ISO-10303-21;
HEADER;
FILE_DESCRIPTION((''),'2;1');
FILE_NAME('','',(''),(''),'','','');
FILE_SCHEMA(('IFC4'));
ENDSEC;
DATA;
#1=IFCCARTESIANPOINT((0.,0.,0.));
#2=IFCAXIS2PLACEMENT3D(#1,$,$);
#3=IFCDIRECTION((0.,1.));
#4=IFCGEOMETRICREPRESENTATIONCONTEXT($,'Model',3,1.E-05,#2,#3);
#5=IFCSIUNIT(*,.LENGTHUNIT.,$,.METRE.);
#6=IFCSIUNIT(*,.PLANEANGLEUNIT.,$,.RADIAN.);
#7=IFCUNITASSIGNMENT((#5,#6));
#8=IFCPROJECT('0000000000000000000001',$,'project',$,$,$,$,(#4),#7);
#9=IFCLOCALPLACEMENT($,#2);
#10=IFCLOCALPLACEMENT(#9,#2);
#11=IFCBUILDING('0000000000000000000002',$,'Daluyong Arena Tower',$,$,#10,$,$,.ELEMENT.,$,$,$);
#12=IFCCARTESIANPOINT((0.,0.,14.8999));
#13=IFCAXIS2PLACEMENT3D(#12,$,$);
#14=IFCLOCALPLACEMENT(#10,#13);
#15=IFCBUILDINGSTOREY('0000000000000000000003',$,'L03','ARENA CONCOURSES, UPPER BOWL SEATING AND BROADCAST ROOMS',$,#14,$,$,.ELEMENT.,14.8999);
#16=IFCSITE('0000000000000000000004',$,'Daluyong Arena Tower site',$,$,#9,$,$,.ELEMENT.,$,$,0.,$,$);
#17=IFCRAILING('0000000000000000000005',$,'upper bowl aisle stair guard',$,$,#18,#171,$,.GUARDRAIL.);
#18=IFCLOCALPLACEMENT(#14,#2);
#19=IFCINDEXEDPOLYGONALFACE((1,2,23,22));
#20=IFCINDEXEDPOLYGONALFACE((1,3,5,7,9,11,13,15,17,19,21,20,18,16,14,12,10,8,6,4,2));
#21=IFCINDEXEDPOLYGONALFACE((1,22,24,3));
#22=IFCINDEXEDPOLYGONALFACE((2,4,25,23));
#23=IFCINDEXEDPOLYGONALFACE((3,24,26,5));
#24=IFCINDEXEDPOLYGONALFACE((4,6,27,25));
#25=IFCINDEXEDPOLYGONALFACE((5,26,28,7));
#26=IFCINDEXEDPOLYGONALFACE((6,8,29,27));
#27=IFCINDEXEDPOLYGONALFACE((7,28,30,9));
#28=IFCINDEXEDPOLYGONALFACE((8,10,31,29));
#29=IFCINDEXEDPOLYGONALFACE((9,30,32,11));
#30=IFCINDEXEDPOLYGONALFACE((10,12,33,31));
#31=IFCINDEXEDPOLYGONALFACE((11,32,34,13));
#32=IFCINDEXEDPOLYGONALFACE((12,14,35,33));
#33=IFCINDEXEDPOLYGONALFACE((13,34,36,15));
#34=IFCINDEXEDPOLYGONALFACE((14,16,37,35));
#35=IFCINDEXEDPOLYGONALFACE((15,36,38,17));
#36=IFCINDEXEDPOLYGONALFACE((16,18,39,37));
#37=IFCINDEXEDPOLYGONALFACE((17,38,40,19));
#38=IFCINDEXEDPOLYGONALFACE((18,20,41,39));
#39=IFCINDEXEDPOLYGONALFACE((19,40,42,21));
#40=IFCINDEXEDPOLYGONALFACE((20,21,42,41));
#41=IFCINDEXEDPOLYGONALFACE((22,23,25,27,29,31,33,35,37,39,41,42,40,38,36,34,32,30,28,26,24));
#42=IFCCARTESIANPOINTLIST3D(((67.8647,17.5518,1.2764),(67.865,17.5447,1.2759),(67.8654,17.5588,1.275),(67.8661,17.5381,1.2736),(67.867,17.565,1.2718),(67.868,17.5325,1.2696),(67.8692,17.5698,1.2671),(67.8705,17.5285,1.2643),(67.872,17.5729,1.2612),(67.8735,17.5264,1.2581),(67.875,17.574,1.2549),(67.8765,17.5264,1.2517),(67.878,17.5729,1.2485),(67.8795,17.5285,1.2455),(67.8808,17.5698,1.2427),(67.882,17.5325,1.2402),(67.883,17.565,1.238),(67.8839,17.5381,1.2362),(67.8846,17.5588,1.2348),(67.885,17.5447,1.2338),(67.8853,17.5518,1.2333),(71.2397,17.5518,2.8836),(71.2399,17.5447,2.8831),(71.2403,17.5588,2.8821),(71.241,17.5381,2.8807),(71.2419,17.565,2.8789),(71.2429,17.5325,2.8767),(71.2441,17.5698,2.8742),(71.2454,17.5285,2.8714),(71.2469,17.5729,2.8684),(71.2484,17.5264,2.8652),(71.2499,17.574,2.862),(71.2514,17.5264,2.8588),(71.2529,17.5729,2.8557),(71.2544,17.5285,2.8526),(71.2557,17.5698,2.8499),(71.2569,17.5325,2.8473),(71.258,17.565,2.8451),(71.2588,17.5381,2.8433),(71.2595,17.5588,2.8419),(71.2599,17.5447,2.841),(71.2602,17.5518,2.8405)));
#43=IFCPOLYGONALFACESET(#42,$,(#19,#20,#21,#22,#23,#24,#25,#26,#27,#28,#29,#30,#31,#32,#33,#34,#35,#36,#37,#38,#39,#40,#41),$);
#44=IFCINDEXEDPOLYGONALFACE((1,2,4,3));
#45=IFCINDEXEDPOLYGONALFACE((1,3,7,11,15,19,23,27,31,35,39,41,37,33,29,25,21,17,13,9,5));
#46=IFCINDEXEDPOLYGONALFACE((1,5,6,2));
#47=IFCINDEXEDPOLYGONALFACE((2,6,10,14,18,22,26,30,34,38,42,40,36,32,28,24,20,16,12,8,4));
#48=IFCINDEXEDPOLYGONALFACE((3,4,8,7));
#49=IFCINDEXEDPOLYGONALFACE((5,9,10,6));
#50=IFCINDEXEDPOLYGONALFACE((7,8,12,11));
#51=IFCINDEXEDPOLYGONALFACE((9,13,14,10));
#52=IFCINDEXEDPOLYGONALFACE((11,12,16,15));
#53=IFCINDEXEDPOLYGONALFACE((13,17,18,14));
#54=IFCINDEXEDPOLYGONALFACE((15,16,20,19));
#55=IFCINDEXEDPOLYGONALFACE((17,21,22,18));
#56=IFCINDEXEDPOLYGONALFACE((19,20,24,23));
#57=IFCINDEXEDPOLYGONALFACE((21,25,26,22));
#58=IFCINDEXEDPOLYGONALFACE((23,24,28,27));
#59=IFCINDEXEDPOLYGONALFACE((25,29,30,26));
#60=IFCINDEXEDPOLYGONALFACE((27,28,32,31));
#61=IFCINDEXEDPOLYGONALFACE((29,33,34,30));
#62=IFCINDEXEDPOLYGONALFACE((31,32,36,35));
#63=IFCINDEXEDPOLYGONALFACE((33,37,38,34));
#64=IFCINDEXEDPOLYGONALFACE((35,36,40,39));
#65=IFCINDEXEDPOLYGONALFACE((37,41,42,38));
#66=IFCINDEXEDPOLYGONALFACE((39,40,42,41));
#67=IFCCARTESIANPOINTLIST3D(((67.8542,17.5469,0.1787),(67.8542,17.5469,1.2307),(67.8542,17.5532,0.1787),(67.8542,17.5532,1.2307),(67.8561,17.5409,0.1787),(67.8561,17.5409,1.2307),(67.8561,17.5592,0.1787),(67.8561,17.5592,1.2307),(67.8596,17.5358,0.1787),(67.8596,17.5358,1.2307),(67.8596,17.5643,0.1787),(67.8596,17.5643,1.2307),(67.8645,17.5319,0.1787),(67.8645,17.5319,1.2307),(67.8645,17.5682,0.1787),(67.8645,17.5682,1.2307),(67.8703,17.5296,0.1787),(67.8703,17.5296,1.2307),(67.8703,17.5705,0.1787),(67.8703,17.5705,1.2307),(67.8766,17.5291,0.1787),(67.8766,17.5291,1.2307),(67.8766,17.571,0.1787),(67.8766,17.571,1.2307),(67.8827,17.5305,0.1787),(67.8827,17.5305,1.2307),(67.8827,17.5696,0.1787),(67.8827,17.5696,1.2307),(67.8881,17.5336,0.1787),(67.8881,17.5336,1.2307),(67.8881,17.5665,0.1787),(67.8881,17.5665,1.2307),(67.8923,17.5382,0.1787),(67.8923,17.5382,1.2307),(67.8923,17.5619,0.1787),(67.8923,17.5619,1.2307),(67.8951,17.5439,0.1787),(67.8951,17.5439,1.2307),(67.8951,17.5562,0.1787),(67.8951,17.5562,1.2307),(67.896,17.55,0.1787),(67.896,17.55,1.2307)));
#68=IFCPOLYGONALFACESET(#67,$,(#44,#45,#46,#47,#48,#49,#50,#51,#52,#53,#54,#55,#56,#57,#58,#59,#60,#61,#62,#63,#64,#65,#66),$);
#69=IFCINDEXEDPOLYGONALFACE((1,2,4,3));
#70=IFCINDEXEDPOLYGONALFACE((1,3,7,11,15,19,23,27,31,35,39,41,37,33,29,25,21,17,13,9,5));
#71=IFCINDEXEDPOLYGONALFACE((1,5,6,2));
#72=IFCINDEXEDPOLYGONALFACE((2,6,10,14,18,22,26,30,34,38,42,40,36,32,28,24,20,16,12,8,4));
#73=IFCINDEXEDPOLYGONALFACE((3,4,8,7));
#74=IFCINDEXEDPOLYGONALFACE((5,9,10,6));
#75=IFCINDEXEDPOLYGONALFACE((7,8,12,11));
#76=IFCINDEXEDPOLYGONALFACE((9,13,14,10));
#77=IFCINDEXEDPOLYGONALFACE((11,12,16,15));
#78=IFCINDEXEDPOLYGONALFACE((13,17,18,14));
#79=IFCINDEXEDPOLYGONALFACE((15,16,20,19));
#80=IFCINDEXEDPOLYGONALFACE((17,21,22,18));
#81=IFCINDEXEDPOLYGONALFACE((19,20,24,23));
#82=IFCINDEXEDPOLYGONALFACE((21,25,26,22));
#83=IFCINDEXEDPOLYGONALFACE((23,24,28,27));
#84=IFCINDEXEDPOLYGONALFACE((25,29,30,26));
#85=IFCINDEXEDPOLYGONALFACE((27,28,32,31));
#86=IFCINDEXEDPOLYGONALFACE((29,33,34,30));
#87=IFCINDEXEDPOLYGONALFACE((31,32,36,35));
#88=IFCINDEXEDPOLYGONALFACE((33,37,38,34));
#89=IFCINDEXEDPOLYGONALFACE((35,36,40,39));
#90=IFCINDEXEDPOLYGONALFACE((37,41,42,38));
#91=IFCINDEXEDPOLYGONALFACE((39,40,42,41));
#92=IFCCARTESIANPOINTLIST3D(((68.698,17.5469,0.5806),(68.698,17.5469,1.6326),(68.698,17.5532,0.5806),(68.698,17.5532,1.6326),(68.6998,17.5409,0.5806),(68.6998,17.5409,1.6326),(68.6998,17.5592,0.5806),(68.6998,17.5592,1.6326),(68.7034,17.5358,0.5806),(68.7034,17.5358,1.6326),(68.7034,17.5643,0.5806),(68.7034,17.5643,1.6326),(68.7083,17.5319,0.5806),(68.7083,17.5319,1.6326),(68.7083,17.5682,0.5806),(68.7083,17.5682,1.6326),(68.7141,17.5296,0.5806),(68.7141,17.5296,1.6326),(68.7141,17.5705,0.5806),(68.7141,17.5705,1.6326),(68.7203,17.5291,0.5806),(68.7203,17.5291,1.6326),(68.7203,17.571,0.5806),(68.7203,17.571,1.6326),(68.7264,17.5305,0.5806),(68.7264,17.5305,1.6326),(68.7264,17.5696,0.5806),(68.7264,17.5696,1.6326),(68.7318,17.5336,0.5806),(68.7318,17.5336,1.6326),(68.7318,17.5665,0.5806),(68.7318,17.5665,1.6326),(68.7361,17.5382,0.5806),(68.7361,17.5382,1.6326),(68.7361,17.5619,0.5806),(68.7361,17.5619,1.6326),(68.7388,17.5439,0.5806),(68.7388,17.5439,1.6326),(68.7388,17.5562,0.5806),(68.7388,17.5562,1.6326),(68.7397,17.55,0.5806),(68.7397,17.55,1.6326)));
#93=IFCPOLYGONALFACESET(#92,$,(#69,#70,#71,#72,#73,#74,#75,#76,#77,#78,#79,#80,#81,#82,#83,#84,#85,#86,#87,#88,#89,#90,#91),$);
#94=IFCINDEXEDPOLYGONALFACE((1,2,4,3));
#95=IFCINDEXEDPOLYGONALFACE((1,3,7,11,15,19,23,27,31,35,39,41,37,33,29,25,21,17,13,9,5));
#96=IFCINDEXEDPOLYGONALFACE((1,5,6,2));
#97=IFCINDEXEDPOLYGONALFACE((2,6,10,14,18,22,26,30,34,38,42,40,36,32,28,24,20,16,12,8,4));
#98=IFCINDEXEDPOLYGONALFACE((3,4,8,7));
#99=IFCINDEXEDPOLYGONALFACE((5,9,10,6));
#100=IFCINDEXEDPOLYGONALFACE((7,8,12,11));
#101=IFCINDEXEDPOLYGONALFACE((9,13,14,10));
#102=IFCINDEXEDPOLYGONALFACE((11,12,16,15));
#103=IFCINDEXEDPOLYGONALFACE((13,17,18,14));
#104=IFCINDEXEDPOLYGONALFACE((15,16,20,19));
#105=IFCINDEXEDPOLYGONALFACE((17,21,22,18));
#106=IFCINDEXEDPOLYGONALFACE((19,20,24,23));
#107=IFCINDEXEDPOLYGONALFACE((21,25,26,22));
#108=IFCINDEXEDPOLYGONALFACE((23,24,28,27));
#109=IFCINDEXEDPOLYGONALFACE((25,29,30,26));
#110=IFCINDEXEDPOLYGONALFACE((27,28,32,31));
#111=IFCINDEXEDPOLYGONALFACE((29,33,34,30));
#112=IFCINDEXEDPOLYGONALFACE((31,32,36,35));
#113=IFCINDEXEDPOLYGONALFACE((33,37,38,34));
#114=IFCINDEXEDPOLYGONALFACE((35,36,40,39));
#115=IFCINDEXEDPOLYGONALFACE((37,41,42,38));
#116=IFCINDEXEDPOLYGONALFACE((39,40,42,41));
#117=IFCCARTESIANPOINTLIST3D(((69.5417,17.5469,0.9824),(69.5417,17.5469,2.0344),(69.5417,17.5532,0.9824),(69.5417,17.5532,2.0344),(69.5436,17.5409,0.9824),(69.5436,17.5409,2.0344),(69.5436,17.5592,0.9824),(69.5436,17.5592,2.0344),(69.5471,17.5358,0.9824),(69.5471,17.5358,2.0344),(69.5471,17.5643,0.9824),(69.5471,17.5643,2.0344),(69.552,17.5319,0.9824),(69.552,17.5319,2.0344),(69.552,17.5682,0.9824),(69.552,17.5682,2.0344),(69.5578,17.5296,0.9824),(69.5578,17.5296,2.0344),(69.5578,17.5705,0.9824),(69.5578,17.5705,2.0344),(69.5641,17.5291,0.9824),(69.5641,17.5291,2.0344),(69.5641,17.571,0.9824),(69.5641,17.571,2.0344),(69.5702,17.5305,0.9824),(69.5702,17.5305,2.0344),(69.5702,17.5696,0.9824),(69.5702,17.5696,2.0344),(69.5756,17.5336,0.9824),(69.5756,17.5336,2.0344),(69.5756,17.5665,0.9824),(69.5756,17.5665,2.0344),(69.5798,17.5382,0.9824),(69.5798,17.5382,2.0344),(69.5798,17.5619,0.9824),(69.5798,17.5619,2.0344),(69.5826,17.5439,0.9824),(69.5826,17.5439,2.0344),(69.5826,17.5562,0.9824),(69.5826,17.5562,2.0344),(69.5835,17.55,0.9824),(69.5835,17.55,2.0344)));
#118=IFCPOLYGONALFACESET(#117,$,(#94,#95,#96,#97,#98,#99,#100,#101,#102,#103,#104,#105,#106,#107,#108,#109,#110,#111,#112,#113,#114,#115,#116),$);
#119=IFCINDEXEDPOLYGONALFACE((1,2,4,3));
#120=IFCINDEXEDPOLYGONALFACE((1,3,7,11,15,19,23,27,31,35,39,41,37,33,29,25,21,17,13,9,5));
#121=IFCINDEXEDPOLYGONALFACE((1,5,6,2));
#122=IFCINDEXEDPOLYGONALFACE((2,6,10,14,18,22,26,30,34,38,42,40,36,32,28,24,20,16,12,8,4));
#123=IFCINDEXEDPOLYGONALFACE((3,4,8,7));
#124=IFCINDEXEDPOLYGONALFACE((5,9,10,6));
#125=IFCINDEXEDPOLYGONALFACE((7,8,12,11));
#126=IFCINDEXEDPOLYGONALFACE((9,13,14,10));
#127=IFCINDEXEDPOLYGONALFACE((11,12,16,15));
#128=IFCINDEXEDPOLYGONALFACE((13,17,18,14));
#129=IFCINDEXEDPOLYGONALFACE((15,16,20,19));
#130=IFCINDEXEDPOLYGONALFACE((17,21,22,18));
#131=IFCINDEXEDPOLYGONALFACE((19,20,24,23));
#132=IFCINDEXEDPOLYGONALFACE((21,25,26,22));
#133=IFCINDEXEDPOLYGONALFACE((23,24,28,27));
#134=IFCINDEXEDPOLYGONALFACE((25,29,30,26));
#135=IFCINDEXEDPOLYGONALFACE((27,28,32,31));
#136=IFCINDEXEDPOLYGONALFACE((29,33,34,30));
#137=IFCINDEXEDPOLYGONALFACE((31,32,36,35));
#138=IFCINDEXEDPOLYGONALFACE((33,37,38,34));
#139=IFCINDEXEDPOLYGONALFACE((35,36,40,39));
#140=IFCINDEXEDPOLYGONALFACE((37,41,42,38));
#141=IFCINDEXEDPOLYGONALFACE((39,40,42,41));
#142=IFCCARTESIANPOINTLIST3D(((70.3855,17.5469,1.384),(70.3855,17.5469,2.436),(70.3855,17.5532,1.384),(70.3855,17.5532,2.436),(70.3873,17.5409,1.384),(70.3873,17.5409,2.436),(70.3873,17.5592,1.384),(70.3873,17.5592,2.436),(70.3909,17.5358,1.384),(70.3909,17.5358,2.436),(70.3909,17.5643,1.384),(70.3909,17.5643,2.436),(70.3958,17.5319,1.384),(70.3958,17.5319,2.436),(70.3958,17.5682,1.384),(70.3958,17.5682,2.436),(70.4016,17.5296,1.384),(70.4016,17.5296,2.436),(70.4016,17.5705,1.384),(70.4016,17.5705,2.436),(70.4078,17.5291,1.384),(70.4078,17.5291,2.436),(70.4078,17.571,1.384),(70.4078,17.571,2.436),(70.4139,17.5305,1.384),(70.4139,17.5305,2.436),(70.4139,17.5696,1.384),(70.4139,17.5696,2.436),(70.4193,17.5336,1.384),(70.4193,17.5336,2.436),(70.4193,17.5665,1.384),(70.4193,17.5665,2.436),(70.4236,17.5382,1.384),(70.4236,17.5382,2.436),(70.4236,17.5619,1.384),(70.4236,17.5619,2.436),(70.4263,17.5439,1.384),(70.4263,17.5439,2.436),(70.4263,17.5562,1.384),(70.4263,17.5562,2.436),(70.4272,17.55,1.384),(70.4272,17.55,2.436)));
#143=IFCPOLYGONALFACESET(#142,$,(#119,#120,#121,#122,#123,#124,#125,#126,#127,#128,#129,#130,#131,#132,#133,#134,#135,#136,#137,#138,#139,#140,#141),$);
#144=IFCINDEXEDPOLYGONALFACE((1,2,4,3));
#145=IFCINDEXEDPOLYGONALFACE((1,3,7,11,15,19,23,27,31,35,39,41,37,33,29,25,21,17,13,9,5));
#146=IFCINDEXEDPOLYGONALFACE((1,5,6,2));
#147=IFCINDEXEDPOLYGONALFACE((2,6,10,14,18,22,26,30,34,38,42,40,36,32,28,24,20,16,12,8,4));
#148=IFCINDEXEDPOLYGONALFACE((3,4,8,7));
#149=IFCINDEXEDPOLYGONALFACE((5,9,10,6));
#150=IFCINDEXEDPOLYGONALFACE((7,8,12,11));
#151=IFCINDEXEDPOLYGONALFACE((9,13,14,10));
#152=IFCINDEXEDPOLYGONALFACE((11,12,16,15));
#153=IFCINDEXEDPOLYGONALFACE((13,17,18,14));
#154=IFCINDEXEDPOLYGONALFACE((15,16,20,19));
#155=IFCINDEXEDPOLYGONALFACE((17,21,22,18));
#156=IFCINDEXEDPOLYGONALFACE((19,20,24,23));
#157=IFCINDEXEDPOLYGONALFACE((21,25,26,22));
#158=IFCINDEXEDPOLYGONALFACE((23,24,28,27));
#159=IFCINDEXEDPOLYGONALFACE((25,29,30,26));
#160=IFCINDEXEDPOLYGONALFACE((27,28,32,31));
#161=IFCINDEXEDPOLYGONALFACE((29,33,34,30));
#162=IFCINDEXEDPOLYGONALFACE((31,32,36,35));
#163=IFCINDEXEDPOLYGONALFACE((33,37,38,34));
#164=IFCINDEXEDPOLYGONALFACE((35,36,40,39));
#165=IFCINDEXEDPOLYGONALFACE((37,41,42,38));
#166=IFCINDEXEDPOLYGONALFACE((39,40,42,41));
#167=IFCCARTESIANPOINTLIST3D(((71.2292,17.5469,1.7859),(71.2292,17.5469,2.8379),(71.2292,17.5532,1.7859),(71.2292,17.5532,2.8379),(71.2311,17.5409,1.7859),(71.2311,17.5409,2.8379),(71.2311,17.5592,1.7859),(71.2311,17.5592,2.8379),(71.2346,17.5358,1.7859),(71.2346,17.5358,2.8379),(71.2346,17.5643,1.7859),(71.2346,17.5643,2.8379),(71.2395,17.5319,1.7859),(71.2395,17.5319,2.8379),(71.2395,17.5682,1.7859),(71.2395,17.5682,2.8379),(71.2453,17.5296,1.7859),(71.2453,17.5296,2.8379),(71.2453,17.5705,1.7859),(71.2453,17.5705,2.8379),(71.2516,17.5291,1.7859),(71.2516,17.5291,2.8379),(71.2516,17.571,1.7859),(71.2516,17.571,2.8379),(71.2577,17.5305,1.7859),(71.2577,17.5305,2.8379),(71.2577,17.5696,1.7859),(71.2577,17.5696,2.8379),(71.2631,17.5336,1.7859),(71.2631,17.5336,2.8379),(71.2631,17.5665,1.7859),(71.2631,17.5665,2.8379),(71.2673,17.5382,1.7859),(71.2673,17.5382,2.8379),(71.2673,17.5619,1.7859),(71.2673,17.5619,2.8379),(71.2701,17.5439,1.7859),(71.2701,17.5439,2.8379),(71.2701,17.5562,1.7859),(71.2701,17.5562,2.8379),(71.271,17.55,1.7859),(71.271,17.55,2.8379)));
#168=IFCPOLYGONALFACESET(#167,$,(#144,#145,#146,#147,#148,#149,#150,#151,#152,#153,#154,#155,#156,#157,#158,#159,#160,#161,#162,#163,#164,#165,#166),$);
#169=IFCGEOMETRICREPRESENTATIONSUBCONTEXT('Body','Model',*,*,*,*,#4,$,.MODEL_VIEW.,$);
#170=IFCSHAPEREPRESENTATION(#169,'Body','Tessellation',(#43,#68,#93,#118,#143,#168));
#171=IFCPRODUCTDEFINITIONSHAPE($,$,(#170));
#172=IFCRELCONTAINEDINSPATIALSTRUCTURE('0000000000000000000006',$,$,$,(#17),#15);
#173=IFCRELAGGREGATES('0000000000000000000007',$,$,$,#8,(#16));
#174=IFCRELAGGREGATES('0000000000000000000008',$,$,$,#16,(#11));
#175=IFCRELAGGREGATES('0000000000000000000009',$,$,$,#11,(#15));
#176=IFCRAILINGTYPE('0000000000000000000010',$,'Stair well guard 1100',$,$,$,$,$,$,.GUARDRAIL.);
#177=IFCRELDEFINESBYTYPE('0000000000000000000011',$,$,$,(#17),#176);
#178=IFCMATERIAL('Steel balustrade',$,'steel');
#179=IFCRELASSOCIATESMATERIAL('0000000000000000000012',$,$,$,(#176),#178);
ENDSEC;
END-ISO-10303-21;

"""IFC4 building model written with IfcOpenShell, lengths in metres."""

from ifc_helpers import new_model, si_unit, direction, frame, origin, origin_2d, place, context, subcontext, project, spatial, circle, extrude, material, type_object, element, save


model = new_model("IFC4")

# Units and contexts
model_context = context("Model", 3, precision=1e-05, world=origin(), true_north=direction((0.0, 1.0)))
body_context = subcontext(model_context, "Body", "Model", "MODEL_VIEW")
ifc_project = project(units=[si_unit("LENGTHUNIT", "METRE"), si_unit("PLANEANGLEUNIT", "RADIAN")], contexts=[model_context])

# Site, building, storey
site_placement = place(None, origin())
site = spatial("IfcSite", under=ifc_project, at=site_placement, Name="Daluyong Arena Tower site", CompositionType="ELEMENT", RefElevation=0.0)
building_placement = place(site_placement, origin())
building = spatial("IfcBuilding", under=site, at=building_placement, Name="Daluyong Arena Tower", CompositionType="ELEMENT")
storey_placement = place(building_placement, frame((0.0, 0.0, 14.8999)))
storey = spatial("IfcBuildingStorey", under=building, at=storey_placement, Name="L03", Description="ARENA CONCOURSES, UPPER BOWL SEATING AND BROADCAST ROOMS", CompositionType="ELEMENT", Elevation=14.8999)

# Railing
ifc_material_1 = material(Name="Steel balustrade", Category="steel")
railing_type_1 = type_object("IfcRailingType", Name="Stair well guard 1100", PredefinedType="GUARDRAIL", material=ifc_material_1)
railing_1_placement = place(storey_placement, frame((67.875, 17.55, 0.1787)))
element("IfcRailing", 1, at=railing_1_placement, inside=storey, type_object=railing_type_1, Name="upper bowl aisle stair guard", PredefinedType="GUARDRAIL", context=body_context, shape_type="SweptSolid", body=[
    extrude(circle(Radius=0.0239, at=origin_2d()), frame((0.0, 0.0, 1.0762), z_axis=(0.902857, 0.0, 0.429941), x_axis=(0.0, 1.0, 0.0)), (0.0, 0.0, 1.0), 3.738),
    extrude(circle(Radius=0.021, at=origin_2d()), origin(), (0.0, 0.0, 1.0), 1.052),
    extrude(circle(Radius=0.021, at=origin_2d()), frame((0.8438, 0.0, 0.4019)), (0.0, 0.0, 1.0), 1.052),
    extrude(circle(Radius=0.021, at=origin_2d()), frame((1.6875, 0.0, 0.8037)), (0.0, 0.0, 1.0), 1.052),
    extrude(circle(Radius=0.021, at=origin_2d()), frame((2.5312, 0.0, 1.2053)), (0.0, 0.0, 1.0), 1.052),
    extrude(circle(Radius=0.021, at=origin_2d()), frame((3.375, 0.0, 1.6072)), (0.0, 0.0, 1.0), 1.052),
])

save(model, "model.ifc")
